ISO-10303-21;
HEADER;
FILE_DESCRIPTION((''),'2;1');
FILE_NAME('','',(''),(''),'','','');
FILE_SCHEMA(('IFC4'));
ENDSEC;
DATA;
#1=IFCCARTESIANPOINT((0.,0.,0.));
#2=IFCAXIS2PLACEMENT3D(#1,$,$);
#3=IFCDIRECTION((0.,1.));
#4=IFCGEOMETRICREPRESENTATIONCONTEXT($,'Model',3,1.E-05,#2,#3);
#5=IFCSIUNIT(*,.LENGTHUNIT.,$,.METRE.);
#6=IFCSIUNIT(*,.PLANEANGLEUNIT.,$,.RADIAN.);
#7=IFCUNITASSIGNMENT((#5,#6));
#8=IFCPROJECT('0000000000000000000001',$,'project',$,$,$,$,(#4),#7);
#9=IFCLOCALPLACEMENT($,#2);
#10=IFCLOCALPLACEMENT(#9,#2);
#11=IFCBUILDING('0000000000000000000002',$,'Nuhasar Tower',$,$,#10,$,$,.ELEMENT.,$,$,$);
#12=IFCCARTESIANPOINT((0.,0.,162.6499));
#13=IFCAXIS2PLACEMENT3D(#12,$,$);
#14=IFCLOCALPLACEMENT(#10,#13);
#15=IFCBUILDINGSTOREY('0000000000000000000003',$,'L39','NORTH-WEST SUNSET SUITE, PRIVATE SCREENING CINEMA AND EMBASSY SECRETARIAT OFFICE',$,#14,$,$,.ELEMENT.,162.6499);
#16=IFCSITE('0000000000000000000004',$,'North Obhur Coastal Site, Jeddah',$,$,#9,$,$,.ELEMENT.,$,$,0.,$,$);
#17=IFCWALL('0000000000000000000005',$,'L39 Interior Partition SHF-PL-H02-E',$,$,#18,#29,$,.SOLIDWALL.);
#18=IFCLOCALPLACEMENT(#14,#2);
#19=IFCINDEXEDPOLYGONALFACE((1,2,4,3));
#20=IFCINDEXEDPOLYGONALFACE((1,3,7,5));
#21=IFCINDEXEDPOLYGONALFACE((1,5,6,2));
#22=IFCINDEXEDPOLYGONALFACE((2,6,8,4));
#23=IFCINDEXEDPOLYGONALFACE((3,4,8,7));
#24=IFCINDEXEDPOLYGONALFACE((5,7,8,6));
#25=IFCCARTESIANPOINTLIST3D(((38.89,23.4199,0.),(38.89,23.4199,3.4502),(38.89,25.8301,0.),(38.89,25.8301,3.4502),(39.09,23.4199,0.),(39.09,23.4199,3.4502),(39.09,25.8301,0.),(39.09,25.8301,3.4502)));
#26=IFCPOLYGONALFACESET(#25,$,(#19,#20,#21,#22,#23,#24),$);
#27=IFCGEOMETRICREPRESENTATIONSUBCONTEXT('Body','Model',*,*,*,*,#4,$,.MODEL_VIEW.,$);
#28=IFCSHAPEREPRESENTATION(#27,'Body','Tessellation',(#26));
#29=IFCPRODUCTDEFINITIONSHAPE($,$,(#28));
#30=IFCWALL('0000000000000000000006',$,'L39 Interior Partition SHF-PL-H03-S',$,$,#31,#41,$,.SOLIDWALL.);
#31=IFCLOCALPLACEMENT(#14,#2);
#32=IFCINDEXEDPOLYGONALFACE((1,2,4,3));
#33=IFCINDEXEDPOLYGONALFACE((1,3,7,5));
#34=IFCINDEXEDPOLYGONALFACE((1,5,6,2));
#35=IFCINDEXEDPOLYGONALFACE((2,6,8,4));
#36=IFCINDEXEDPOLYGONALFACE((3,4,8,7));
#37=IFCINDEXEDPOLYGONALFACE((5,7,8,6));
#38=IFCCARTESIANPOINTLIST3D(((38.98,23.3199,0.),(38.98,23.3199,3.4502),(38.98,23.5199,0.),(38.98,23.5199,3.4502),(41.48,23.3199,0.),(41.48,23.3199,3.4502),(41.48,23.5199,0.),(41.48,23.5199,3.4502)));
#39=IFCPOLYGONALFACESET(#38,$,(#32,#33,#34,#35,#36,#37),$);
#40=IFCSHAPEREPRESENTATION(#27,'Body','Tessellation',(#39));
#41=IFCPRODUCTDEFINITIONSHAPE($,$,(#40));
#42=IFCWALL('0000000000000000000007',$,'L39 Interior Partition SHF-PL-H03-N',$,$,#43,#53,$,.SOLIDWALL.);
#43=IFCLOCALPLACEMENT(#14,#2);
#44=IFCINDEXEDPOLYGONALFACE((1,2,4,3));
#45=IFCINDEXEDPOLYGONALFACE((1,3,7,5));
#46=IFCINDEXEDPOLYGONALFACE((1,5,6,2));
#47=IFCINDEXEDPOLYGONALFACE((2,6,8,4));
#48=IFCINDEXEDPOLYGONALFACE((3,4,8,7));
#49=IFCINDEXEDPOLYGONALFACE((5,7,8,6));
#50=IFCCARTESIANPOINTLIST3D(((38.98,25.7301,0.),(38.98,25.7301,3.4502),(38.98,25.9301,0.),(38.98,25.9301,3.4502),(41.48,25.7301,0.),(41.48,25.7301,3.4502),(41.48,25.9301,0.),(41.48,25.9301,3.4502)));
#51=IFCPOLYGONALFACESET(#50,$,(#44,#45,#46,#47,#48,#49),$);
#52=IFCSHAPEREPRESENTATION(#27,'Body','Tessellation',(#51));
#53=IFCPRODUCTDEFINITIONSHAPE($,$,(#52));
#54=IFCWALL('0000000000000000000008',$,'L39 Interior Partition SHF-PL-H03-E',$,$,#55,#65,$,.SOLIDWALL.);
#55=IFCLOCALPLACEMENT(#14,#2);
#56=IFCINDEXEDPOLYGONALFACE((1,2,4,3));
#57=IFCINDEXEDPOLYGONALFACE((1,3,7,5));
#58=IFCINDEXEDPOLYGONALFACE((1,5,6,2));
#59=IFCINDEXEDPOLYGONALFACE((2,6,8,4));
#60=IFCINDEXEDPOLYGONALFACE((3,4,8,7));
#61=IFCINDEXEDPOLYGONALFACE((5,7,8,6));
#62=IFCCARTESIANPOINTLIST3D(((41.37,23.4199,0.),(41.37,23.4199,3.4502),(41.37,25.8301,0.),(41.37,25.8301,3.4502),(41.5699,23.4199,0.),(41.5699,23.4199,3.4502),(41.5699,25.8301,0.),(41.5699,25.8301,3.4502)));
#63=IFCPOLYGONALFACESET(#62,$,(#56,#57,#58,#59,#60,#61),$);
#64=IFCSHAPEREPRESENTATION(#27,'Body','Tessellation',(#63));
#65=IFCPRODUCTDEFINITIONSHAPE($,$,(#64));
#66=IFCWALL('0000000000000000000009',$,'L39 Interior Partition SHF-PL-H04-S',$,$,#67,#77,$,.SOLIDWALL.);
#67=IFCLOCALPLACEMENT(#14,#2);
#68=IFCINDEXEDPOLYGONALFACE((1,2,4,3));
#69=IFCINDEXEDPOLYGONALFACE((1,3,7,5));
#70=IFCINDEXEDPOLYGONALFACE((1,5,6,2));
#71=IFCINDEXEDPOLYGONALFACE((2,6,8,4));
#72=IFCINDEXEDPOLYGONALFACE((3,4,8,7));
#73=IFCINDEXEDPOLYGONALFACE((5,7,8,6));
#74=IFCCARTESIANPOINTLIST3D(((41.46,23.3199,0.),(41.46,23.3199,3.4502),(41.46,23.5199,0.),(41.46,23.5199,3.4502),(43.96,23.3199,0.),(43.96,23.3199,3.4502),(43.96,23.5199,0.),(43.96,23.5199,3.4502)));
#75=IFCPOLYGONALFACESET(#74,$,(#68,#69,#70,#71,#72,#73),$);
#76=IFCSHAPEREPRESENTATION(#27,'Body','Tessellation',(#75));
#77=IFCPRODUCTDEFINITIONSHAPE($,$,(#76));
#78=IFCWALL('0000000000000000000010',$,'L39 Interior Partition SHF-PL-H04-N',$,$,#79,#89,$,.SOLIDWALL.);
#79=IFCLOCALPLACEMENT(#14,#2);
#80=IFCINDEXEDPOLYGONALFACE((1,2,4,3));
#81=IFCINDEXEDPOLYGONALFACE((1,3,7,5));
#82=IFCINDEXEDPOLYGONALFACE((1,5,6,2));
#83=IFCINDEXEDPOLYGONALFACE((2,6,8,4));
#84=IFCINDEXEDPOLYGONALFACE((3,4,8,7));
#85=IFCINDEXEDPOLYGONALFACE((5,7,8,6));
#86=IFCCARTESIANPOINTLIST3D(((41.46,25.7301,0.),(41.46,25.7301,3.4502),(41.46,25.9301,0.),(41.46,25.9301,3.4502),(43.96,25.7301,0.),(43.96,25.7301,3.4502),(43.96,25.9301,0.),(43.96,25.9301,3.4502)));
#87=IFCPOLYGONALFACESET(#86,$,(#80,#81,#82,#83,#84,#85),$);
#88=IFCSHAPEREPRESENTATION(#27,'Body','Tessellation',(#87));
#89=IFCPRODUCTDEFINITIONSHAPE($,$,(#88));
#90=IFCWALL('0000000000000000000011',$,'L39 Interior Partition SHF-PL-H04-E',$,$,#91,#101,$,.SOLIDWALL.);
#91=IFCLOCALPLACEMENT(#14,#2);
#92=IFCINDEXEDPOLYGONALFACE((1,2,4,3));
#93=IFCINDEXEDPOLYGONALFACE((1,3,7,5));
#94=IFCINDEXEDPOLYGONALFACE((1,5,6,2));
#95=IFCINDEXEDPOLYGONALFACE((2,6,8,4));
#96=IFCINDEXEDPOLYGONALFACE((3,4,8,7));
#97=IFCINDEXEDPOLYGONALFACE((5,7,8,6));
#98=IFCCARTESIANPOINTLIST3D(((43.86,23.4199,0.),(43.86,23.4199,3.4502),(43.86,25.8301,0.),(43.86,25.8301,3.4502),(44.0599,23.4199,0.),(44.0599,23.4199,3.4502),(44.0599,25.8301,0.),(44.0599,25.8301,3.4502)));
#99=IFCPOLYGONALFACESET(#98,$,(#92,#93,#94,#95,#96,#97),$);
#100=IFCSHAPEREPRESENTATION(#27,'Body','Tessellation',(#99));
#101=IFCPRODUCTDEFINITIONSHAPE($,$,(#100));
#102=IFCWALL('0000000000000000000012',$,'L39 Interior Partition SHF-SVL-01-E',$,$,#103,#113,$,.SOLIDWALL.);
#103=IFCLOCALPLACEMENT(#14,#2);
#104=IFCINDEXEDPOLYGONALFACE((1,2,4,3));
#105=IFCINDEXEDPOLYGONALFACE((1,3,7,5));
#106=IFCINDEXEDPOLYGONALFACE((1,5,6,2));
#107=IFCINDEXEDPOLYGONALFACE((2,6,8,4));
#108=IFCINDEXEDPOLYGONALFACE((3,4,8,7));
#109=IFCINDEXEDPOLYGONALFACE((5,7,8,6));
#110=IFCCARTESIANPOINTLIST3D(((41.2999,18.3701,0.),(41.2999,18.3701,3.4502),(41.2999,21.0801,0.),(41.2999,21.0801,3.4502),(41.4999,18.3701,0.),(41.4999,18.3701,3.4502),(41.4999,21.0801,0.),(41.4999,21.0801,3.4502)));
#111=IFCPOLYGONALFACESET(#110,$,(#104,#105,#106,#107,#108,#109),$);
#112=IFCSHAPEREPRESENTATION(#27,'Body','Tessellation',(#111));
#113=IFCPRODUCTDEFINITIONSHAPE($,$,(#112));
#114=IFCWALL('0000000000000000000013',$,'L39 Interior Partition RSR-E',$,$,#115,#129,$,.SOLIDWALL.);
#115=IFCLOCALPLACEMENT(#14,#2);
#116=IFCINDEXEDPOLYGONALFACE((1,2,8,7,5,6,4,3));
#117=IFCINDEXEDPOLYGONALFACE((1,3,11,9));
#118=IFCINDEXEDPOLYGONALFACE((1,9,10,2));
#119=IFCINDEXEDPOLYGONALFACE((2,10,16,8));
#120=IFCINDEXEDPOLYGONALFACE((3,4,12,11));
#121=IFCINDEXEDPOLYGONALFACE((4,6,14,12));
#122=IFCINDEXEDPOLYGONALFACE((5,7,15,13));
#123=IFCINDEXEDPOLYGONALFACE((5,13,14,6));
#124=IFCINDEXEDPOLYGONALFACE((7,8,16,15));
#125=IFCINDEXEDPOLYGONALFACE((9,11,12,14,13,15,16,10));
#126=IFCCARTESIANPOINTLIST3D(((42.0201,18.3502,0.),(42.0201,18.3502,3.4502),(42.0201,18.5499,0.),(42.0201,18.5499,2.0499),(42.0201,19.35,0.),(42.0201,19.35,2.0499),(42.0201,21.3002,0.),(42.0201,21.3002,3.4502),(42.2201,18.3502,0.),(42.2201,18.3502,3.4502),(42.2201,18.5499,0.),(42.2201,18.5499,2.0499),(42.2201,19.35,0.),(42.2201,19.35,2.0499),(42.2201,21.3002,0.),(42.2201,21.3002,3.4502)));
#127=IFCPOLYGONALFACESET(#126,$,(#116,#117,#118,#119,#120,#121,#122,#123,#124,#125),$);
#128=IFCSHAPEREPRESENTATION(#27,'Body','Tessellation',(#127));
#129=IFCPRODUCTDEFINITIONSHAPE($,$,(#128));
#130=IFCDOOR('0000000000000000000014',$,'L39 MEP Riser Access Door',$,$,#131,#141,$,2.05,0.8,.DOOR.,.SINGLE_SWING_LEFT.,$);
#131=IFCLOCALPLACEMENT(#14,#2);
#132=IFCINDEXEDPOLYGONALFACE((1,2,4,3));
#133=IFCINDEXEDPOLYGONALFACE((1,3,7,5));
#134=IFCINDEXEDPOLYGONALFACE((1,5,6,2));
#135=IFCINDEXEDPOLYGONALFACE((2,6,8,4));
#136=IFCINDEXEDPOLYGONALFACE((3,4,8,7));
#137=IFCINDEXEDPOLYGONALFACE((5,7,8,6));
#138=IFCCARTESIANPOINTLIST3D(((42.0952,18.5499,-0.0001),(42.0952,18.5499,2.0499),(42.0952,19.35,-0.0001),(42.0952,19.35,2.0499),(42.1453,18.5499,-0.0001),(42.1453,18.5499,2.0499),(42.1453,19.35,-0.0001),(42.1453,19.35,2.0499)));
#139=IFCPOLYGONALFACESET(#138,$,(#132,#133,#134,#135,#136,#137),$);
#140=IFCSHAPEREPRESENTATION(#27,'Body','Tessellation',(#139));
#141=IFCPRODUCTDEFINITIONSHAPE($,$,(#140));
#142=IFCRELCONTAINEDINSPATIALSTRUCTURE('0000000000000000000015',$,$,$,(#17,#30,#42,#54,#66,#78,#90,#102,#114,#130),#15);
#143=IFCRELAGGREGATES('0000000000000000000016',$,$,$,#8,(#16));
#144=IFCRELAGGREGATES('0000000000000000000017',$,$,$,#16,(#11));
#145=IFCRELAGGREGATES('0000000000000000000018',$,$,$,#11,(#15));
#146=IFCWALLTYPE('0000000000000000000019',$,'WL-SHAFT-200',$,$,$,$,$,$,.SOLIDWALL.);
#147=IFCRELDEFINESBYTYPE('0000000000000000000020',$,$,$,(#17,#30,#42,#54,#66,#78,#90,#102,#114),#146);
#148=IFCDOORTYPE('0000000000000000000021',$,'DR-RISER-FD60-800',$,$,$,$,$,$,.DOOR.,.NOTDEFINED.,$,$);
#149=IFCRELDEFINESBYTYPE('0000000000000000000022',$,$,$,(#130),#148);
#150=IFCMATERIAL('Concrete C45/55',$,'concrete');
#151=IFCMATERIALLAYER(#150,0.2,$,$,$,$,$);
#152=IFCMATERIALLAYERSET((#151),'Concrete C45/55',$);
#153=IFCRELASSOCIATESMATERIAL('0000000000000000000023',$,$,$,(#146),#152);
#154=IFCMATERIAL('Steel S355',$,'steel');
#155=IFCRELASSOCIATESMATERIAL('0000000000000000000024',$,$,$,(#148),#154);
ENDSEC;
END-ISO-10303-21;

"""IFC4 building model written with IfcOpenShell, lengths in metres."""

from ifc_helpers import new_model, si_unit, direction, frame, frame_2d, origin, place, context, subcontext, project, spatial, rectangle, extrude, material, layer, layer_set, type_object, element, fill, save


model = new_model("IFC4")

# Units and contexts
model_context = context("Model", 3, precision=1e-05, world=origin(), true_north=direction((0.0, 1.0)))
body_context = subcontext(model_context, "Body", "Model", "MODEL_VIEW")
ifc_project = project(units=[si_unit("LENGTHUNIT", "METRE"), si_unit("PLANEANGLEUNIT", "RADIAN")], contexts=[model_context])

# Site, building, storey
site_placement = place(None, origin())
site = spatial("IfcSite", under=ifc_project, at=site_placement, Name="North Obhur Coastal Site, Jeddah", CompositionType="ELEMENT", RefElevation=0.0)
building_placement = place(site_placement, origin())
building = spatial("IfcBuilding", under=site, at=building_placement, Name="Nuhasar Tower", CompositionType="ELEMENT")
storey_placement = place(building_placement, frame((0.0, 0.0, 162.6499)))
storey = spatial("IfcBuildingStorey", under=building, at=storey_placement, Name="L39", Description="NORTH-WEST SUNSET SUITE, PRIVATE SCREENING CINEMA AND EMBASSY SECRETARIAT OFFICE", CompositionType="ELEMENT", Elevation=162.6499)

# Shared definitions
ifc_material_1 = material(Name="Steel S355", Category="steel")

# Shared definitions
ifc_material_2 = material(Name="Concrete C45/55", Category="concrete")

# Shared definitions
ifc_layer_1 = layer(ifc_material_2, 0.2)
ifc_layer_set_1 = layer_set([ifc_layer_1], Name="Concrete C45/55")
wall_type_1 = type_object("IfcWallType", Name="WL-SHAFT-200", PredefinedType="SOLIDWALL", material=ifc_layer_set_1)

# Walls
wall_1_placement = place(storey_placement, frame((38.99, 23.4199, 0.0), z_axis=(0.0, 0.0, 1.0), x_axis=(0.0, 1.0, 0.0)))
element("IfcWall", 1, at=wall_1_placement, inside=storey, type_object=wall_type_1, Name="L39 Interior Partition SHF-PL-H02-E", PredefinedType="SOLIDWALL", context=body_context, shape_type="SweptSolid", body=[
    extrude(rectangle(XDim=2.4102, YDim=0.2, at=frame_2d((1.2051, 0.0))), origin(), (0.0, 0.0, 1.0), 3.4502),
])
for number, where, z_axis, x_axis, name in (
    (2, (38.98, 23.4199, 0.0), (0.0, 0.0, 1.0), (1.0, 0.0, 0.0), "L39 Interior Partition SHF-PL-H03-S"),
    (3, (38.98, 25.8301, 0.0), (0.0, 0.0, 1.0), (1.0, 0.0, 0.0), "L39 Interior Partition SHF-PL-H03-N"),
):
    element("IfcWall", number, at=place(storey_placement, frame(where, z_axis=z_axis, x_axis=x_axis)), inside=storey, type_object=wall_type_1, Name=name, PredefinedType="SOLIDWALL", context=body_context, shape_type="SweptSolid", body=[
        extrude(rectangle(XDim=2.5, YDim=0.2, at=frame_2d((1.25, 0.0))), origin(), (0.0, 0.0, 1.0), 3.4502),
    ])
wall_2_placement = place(storey_placement, frame((41.47, 23.4199, 0.0), z_axis=(0.0, 0.0, 1.0), x_axis=(0.0, 1.0, 0.0)))
element("IfcWall", 4, at=wall_2_placement, inside=storey, type_object=wall_type_1, Name="L39 Interior Partition SHF-PL-H03-E", PredefinedType="SOLIDWALL", context=body_context, shape_type="SweptSolid", body=[
    extrude(rectangle(XDim=2.4102, YDim=0.2, at=frame_2d((1.2051, 0.0))), origin(), (0.0, 0.0, 1.0), 3.4502),
])
for number, where, z_axis, x_axis, name in (
    (5, (41.46, 23.4199, 0.0), (0.0, 0.0, 1.0), (1.0, 0.0, 0.0), "L39 Interior Partition SHF-PL-H04-S"),
    (6, (41.46, 25.8301, 0.0), (0.0, 0.0, 1.0), (1.0, 0.0, 0.0), "L39 Interior Partition SHF-PL-H04-N"),
):
    element("IfcWall", number, at=place(storey_placement, frame(where, z_axis=z_axis, x_axis=x_axis)), inside=storey, type_object=wall_type_1, Name=name, PredefinedType="SOLIDWALL", context=body_context, shape_type="SweptSolid", body=[
        extrude(rectangle(XDim=2.5, YDim=0.2, at=frame_2d((1.25, 0.0))), origin(), (0.0, 0.0, 1.0), 3.4502),
    ])
wall_3_placement = place(storey_placement, frame((43.96, 23.4199, 0.0), z_axis=(0.0, 0.0, 1.0), x_axis=(0.0, 1.0, 0.0)))
element("IfcWall", 7, at=wall_3_placement, inside=storey, type_object=wall_type_1, Name="L39 Interior Partition SHF-PL-H04-E", PredefinedType="SOLIDWALL", context=body_context, shape_type="SweptSolid", body=[
    extrude(rectangle(XDim=2.4102, YDim=0.2, at=frame_2d((1.2051, 0.0))), origin(), (0.0, 0.0, 1.0), 3.4502),
])
wall_4_placement = place(storey_placement, frame((41.3999, 18.3701, 0.0), z_axis=(0.0, 0.0, 1.0), x_axis=(0.0, 1.0, 0.0)))
element("IfcWall", 8, at=wall_4_placement, inside=storey, type_object=wall_type_1, Name="L39 Interior Partition SHF-SVL-01-E", PredefinedType="SOLIDWALL", context=body_context, shape_type="SweptSolid", body=[
    extrude(rectangle(XDim=2.71, YDim=0.2, at=frame_2d((1.355, 0.0))), origin(), (0.0, 0.0, 1.0), 3.4502),
])

# Wall, opening, door
wall_5_placement = place(storey_placement, frame((42.1201, 18.3501, 0.0), z_axis=(0.0, 0.0, 1.0), x_axis=(0.0, 1.0, 0.0)))
wall_5 = element("IfcWall", 9, at=wall_5_placement, inside=storey, type_object=wall_type_1, Name="L39 Interior Partition RSR-E", PredefinedType="SOLIDWALL", context=body_context, shape_type="SweptSolid", body=[
    extrude(rectangle(XDim=2.95, YDim=0.2, at=frame_2d((1.4751, 0.0))), origin(), (0.0, 0.0, 1.0), 3.4502),
])
opening_1_placement = place(wall_5_placement, frame((0.2, 0.0, 0.0)))
opening_1 = element("IfcOpeningElement", 10, at=opening_1_placement, cuts=wall_5, PredefinedType="OPENING", context=body_context, shape_type="SweptSolid", body=[
    extrude(rectangle(XDim=0.8, YDim=2.05, at=frame_2d((0.3999, 1.0249))), frame((0.0, 0.1099, 0.0), z_axis=(0.0, -1.0, 0.0), x_axis=(1.0, 0.0, 0.0)), (0.0, 0.0, 1.0), 0.22),
])
door_type_1 = type_object("IfcDoorType", Name="DR-RISER-FD60-800", OperationType="NOTDEFINED", PredefinedType="DOOR", material=ifc_material_1)
door_1_placement = place(opening_1_placement, origin())
door_1 = element("IfcDoor", 11, at=door_1_placement, inside=storey, type_object=door_type_1, Name="L39 MEP Riser Access Door", OperationType="SINGLE_SWING_LEFT", OverallHeight=2.05, OverallWidth=0.8, PredefinedType="DOOR", context=body_context, shape_type="SweptSolid", body=[
    extrude(rectangle(XDim=0.8, YDim=2.05, at=frame_2d((0.3999, 1.0249))), frame((0.0, 0.0249, 0.0), z_axis=(0.0, -1.0, 0.0), x_axis=(1.0, 0.0, 0.0)), (0.0, 0.0, 1.0), 0.05),
])
fill(opening_1, door_1)

save(model, "model.ifc")
